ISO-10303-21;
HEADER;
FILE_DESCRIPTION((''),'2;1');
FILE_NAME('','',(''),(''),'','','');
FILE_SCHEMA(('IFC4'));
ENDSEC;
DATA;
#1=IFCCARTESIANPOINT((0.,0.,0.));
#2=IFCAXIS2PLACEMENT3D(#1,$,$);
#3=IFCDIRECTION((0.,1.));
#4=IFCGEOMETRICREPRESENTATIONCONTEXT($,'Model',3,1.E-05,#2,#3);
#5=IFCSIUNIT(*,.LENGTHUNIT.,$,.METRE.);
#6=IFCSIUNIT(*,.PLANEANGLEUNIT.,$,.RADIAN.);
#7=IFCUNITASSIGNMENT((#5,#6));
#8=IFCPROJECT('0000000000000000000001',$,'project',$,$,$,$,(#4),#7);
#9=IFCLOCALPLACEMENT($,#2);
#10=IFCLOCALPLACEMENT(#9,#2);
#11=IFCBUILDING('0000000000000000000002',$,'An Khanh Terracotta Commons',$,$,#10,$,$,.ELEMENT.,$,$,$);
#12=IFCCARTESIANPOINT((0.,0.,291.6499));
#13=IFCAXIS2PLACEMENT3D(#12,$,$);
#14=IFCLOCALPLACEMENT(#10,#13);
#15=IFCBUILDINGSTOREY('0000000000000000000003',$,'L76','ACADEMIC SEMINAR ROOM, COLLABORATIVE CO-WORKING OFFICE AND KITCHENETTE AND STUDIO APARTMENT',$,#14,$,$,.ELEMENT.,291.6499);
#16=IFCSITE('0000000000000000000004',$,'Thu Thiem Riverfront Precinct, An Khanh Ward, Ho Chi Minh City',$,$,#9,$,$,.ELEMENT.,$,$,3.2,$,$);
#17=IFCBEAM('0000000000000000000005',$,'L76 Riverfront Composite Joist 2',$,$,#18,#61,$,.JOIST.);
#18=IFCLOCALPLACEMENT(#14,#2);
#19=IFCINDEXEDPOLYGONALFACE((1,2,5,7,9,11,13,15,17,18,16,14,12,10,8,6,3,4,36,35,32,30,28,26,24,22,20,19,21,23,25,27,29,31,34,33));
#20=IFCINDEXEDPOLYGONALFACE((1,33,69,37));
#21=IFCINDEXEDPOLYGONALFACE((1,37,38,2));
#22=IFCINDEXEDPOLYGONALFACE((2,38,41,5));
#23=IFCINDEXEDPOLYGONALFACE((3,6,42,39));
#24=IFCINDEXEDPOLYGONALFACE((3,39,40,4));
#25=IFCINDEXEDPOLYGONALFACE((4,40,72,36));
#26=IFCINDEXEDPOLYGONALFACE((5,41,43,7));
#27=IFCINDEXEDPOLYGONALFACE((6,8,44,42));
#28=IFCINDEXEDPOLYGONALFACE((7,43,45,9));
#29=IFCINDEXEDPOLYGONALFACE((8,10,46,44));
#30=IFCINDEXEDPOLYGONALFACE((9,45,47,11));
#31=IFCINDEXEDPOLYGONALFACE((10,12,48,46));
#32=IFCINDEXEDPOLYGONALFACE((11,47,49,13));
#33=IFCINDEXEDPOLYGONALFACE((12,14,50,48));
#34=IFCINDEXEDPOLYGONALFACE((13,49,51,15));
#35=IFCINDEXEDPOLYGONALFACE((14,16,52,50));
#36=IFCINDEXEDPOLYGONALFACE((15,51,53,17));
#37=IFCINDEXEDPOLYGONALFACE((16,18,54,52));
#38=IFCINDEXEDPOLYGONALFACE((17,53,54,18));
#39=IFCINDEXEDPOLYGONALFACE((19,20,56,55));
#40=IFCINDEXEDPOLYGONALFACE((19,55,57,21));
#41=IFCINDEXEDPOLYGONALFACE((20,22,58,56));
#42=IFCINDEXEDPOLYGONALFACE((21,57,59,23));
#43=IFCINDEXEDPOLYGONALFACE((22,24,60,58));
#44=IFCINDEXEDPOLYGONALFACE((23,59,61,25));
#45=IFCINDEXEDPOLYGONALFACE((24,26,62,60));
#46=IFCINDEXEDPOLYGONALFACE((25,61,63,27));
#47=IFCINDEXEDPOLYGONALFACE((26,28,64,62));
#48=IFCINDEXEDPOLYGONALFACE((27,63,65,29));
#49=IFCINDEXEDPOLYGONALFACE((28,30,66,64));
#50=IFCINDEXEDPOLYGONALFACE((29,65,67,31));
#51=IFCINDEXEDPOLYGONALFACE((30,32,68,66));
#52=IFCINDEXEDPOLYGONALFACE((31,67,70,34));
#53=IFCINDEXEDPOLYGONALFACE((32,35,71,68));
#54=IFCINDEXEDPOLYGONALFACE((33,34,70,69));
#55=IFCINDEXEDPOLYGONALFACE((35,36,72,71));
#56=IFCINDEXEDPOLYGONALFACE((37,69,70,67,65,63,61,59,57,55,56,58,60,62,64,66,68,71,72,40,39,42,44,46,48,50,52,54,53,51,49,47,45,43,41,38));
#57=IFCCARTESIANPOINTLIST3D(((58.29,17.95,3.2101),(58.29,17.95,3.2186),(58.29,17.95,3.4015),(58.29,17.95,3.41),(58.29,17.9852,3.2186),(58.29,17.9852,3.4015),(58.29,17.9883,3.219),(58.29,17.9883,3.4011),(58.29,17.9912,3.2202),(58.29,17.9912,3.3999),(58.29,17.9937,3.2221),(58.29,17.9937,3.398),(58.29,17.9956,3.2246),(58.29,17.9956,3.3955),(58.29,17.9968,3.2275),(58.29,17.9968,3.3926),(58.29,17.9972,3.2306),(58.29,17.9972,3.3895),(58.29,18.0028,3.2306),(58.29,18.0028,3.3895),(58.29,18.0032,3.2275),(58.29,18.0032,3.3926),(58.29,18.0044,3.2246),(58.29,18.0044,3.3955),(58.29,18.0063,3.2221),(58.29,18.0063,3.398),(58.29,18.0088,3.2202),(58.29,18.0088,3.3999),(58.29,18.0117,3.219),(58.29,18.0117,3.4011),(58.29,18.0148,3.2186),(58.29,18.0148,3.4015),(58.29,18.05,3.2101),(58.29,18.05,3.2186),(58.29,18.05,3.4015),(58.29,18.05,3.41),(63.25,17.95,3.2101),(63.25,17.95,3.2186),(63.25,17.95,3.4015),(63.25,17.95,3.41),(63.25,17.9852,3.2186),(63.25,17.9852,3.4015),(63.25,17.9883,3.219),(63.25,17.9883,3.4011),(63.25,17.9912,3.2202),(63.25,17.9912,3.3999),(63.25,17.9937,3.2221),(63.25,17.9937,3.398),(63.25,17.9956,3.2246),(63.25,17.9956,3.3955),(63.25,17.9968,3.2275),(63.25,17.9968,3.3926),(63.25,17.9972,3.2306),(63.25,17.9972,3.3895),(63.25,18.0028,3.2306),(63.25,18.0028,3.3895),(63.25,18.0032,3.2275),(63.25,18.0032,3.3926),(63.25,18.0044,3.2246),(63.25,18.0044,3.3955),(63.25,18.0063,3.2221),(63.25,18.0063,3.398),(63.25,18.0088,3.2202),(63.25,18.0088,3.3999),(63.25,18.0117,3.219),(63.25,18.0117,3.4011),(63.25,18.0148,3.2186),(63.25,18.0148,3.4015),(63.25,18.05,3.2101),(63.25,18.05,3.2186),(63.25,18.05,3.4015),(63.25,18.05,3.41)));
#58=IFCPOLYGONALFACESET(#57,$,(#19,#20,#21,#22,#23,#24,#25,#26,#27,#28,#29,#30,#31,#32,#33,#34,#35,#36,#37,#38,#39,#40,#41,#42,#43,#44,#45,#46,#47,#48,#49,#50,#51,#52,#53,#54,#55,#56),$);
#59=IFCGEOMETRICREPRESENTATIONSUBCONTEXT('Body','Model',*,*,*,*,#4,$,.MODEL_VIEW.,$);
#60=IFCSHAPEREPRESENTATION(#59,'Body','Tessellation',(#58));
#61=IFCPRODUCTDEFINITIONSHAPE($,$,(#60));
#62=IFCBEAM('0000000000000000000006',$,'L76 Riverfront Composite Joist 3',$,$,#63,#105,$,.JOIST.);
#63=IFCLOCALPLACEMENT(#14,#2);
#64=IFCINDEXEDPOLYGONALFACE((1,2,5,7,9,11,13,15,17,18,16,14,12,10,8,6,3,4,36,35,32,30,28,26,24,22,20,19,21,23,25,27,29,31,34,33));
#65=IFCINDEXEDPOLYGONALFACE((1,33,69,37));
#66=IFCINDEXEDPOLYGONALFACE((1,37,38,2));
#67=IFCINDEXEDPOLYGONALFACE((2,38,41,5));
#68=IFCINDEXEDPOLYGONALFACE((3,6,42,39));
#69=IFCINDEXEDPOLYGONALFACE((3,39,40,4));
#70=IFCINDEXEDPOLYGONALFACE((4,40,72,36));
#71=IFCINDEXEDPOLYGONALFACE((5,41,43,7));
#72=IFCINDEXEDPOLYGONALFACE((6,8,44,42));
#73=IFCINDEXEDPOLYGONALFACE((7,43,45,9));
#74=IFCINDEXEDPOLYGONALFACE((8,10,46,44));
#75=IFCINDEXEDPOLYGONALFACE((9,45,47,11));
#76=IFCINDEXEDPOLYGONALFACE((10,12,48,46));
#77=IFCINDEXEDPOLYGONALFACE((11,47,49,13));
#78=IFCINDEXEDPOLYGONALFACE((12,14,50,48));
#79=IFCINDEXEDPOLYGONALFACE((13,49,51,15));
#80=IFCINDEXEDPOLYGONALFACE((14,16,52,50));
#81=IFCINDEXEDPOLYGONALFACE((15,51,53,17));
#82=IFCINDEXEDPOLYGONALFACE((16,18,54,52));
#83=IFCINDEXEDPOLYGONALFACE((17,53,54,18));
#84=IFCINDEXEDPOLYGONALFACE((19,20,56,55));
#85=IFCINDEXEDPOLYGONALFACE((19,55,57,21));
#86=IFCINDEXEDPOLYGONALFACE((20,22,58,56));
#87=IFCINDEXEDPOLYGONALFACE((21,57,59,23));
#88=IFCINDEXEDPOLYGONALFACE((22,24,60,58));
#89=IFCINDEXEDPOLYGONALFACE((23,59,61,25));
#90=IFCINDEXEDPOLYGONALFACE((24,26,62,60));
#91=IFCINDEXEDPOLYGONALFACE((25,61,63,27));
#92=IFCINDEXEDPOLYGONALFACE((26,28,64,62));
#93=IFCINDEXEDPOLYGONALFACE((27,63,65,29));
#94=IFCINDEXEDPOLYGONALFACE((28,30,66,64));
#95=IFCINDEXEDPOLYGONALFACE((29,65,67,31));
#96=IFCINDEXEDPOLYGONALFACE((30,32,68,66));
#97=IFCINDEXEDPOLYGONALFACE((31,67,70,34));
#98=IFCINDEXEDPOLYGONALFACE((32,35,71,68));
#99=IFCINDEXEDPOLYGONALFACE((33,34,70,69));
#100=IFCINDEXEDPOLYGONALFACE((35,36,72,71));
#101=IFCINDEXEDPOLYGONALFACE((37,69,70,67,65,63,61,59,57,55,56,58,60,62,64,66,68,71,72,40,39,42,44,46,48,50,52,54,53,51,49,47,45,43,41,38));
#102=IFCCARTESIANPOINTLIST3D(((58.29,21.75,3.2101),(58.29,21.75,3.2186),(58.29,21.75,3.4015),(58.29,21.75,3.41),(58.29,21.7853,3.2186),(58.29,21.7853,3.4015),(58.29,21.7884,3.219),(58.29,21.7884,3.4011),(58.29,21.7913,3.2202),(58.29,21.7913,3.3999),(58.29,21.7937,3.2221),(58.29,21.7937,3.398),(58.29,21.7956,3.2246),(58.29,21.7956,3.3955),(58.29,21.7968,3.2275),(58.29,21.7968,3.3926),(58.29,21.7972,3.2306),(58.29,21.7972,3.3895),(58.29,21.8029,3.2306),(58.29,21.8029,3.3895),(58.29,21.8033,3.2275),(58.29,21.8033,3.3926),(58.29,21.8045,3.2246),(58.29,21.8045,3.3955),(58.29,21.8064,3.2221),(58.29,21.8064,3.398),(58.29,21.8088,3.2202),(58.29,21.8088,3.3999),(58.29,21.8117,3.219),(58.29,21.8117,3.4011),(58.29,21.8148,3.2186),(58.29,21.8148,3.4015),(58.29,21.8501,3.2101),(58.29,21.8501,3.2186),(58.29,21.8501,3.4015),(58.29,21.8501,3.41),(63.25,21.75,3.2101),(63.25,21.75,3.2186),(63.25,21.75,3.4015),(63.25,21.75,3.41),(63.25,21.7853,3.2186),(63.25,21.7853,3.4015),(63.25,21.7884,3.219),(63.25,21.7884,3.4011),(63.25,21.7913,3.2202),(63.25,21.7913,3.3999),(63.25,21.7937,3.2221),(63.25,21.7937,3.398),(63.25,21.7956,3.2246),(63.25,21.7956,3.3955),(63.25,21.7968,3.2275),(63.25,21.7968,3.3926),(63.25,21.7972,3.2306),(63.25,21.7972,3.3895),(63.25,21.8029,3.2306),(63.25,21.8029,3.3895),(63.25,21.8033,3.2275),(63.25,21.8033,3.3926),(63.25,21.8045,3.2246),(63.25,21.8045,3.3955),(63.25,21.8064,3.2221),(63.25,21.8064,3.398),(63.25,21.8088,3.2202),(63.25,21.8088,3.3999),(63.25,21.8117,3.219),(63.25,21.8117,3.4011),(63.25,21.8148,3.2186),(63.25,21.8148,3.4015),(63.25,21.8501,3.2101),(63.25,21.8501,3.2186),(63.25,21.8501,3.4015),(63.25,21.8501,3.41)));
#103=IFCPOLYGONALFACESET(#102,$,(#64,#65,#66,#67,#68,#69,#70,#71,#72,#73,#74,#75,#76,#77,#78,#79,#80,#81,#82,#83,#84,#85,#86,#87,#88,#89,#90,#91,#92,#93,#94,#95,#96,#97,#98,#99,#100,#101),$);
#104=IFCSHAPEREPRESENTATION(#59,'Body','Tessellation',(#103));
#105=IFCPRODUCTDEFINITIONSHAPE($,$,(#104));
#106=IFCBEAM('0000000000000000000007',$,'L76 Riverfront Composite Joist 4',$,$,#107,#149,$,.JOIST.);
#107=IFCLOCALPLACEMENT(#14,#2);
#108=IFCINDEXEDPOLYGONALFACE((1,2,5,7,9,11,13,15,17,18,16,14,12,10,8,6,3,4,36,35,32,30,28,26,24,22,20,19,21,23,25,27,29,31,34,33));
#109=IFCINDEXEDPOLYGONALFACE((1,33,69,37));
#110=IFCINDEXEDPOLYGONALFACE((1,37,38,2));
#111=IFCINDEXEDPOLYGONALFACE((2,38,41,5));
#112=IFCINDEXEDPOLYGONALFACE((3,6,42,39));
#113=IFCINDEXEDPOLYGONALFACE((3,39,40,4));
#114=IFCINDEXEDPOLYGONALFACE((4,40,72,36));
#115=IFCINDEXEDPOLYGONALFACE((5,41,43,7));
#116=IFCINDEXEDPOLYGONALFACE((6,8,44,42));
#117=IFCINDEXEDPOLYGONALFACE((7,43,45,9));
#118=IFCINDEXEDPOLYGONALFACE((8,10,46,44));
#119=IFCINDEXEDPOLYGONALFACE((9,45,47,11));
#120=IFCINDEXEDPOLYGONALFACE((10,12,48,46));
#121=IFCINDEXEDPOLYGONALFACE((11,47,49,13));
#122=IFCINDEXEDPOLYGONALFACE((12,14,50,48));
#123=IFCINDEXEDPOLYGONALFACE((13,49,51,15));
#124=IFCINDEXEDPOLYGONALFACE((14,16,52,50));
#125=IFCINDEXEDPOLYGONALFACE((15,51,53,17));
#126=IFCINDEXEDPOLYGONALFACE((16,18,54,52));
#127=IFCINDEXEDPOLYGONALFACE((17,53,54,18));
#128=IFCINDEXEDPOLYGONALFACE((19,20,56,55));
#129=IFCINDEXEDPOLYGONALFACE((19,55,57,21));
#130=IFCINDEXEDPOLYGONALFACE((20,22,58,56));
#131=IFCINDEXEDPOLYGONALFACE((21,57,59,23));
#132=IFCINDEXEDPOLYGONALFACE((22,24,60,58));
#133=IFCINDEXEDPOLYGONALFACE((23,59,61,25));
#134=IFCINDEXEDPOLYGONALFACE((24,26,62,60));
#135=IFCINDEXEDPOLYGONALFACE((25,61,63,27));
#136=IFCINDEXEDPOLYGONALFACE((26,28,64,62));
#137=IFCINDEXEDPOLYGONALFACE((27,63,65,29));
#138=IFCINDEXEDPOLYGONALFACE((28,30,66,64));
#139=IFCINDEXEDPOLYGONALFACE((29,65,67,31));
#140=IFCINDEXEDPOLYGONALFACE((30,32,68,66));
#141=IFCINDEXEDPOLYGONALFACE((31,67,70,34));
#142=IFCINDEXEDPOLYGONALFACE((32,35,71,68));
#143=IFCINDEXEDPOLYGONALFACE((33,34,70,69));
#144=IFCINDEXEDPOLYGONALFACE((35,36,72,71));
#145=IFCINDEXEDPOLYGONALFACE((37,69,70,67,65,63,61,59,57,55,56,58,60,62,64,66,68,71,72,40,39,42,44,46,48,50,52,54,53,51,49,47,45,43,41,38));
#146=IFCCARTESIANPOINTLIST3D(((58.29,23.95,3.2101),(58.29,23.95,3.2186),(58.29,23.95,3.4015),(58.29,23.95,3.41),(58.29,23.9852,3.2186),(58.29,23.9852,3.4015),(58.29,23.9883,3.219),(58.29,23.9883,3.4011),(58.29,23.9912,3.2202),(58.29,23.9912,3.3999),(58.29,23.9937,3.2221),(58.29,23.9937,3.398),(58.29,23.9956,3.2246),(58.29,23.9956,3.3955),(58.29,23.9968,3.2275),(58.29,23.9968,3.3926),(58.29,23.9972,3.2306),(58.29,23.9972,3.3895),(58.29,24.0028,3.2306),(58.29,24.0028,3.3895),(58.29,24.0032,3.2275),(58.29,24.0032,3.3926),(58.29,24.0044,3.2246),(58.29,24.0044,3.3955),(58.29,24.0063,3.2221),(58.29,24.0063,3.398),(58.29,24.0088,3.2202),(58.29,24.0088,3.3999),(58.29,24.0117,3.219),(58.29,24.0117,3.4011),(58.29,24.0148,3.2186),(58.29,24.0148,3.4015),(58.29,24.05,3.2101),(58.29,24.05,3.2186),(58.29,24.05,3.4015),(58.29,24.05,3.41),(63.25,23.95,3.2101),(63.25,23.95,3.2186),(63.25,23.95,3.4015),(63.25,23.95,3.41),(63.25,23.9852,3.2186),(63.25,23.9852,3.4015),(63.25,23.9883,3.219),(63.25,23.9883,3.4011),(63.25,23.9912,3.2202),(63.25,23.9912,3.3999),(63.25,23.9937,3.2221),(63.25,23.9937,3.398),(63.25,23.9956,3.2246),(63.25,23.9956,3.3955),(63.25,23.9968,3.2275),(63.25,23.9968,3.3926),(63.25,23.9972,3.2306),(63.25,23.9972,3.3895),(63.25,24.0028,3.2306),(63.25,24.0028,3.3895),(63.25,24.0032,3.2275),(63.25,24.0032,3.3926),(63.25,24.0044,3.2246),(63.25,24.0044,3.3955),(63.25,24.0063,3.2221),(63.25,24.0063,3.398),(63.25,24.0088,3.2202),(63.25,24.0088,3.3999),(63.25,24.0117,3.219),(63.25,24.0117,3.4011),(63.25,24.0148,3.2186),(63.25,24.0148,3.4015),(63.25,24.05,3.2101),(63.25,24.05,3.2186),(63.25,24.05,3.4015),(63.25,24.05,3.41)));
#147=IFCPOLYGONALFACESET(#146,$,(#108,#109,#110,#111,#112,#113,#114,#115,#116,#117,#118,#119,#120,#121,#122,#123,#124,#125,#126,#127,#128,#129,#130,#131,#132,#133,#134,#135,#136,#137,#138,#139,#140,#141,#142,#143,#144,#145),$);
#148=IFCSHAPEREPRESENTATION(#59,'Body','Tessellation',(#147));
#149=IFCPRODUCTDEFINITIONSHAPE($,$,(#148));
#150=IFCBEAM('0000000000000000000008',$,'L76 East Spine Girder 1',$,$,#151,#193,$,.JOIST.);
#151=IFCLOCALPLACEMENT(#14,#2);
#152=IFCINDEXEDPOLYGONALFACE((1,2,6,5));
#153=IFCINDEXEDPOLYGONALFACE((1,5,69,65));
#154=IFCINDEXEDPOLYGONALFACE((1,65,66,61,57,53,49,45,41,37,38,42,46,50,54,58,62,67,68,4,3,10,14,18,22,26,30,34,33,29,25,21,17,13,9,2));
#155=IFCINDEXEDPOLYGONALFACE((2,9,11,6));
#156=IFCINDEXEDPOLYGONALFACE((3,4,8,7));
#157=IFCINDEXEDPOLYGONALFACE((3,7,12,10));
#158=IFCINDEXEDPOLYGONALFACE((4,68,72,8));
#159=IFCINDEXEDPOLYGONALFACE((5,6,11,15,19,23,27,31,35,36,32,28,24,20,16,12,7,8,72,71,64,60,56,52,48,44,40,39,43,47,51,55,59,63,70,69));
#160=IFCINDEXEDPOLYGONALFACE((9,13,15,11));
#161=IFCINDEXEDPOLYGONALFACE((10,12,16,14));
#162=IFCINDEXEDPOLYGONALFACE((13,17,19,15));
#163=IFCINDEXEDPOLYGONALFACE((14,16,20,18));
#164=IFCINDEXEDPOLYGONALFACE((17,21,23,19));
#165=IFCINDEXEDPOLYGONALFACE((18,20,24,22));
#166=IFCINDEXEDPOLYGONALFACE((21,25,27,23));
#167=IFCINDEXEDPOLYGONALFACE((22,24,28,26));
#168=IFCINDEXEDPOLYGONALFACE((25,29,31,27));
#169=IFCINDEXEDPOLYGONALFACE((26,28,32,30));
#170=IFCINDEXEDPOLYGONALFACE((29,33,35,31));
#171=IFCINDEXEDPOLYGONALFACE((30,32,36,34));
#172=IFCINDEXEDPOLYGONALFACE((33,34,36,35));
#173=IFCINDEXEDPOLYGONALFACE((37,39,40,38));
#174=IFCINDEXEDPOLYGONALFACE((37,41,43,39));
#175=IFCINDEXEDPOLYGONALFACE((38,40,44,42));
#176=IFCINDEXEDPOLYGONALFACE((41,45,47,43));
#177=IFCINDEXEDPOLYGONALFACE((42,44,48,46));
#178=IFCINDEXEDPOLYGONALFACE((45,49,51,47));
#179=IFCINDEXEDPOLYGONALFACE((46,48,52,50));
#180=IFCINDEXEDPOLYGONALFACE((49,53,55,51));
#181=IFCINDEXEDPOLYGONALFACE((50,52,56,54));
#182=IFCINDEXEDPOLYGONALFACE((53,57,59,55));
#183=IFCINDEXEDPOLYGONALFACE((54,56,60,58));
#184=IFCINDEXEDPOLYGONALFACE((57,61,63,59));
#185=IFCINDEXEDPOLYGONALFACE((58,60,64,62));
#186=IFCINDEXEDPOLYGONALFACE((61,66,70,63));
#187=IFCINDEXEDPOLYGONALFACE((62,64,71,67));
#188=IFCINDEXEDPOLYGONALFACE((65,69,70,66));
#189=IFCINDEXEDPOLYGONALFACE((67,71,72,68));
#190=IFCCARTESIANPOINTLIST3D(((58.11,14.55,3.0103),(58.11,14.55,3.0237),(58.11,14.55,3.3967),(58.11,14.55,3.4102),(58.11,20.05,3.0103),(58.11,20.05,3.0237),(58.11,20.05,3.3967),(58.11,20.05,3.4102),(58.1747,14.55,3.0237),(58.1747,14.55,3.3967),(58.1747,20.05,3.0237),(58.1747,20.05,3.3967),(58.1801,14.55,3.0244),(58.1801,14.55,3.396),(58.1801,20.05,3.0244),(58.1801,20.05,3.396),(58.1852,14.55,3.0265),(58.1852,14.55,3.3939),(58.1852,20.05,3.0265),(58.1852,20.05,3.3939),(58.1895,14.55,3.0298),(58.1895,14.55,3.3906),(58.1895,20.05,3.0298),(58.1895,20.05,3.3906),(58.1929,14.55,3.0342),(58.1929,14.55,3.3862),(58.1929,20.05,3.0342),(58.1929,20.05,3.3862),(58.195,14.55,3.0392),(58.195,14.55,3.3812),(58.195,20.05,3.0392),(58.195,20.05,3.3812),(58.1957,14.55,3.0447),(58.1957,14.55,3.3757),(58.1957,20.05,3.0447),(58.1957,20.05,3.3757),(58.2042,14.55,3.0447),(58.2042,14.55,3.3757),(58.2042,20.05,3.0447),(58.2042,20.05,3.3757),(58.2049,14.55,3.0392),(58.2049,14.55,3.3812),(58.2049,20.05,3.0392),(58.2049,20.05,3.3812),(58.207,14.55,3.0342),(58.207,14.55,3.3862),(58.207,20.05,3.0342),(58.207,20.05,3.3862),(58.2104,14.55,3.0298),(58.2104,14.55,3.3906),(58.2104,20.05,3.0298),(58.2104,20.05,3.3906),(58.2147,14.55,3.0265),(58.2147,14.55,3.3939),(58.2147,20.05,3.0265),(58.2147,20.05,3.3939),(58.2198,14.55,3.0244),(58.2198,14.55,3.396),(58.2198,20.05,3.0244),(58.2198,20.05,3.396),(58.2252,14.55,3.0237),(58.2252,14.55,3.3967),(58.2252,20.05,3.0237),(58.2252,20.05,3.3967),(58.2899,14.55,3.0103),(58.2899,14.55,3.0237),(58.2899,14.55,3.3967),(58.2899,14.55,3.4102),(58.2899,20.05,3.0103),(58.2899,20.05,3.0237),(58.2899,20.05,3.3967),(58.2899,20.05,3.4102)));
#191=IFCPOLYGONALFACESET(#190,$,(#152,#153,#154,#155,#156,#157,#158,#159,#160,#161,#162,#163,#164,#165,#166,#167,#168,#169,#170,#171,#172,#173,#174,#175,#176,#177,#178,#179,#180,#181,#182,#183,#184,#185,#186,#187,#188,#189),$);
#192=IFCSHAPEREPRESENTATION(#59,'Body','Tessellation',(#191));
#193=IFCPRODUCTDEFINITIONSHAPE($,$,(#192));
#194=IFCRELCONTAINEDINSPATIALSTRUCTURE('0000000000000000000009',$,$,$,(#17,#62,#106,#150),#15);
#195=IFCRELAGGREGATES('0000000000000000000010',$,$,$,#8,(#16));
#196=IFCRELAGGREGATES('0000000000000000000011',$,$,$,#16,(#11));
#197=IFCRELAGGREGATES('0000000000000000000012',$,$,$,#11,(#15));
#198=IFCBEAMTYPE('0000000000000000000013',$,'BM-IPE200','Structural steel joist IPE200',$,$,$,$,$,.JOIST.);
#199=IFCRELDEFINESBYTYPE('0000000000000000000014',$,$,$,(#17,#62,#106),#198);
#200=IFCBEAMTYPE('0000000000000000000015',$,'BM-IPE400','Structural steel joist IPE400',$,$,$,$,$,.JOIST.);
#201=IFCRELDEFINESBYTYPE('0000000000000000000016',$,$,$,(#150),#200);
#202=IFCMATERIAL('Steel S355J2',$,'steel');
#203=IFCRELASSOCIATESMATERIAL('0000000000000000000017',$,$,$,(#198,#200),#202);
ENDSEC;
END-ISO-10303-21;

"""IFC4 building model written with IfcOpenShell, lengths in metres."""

from ifc_helpers import new_model, si_unit, direction, frame, origin, origin_2d, place, context, subcontext, project, spatial, i_section, extrude, material, material_profile, profile_set, type_object, element, save


model = new_model("IFC4")

# Units and contexts
model_context = context("Model", 3, precision=1e-05, world=origin(), true_north=direction((0.0, 1.0)))
body_context = subcontext(model_context, "Body", "Model", "MODEL_VIEW")
ifc_project = project(units=[si_unit("LENGTHUNIT", "METRE"), si_unit("PLANEANGLEUNIT", "RADIAN")], contexts=[model_context])

# Site, building, storey
site_placement = place(None, origin())
site = spatial("IfcSite", under=ifc_project, at=site_placement, Name="Thu Thiem Riverfront Precinct, An Khanh Ward, Ho Chi Minh City", CompositionType="ELEMENT", RefElevation=3.2)
building_placement = place(site_placement, origin())
building = spatial("IfcBuilding", under=site, at=building_placement, Name="An Khanh Terracotta Commons", CompositionType="ELEMENT")
storey_placement = place(building_placement, frame((0.0, 0.0, 291.6499)))
storey = spatial("IfcBuildingStorey", under=building, at=storey_placement, Name="L76", Description="ACADEMIC SEMINAR ROOM, COLLABORATIVE CO-WORKING OFFICE AND KITCHENETTE AND STUDIO APARTMENT", CompositionType="ELEMENT", Elevation=291.6499)

# Beams
ifc_material_1 = material(Name="Steel S355J2", Category="steel")
ifc_material_profile_1 = material_profile(ifc_material_1, i_section(OverallWidth=0.1001, OverallDepth=0.2, WebThickness=0.0056, FlangeThickness=0.0085, FilletRadius=0.012, at=origin_2d()), Name="IPE200")
ifc_profile_set_1 = profile_set([ifc_material_profile_1], Name="Steel S355J2")
beam_type_1 = type_object("IfcBeamType", Name="BM-IPE200", Description="Structural steel joist IPE200", PredefinedType="JOIST", material=ifc_profile_set_1)
for number, where, z_axis, x_axis, name in (
    (1, (58.29, 18.0, 3.3101), (1.0, 0.0, 0.0), (0.0, 1.0, 0.0), "L76 Riverfront Composite Joist 2"),
    (2, (58.29, 21.8, 3.3101), (1.0, 0.0, 0.0), (0.0, 1.0, 0.0), "L76 Riverfront Composite Joist 3"),
    (3, (58.29, 24.0, 3.3101), (1.0, 0.0, 0.0), (0.0, 1.0, 0.0), "L76 Riverfront Composite Joist 4"),
):
    element("IfcBeam", number, at=place(storey_placement, frame(where, z_axis=z_axis, x_axis=x_axis)), inside=storey, type_object=beam_type_1, Name=name, PredefinedType="JOIST", context=body_context, shape_type="SweptSolid", body=[
        extrude(i_section(OverallWidth=0.1001, OverallDepth=0.2, WebThickness=0.0056, FlangeThickness=0.0085, FilletRadius=0.012, at=origin_2d()), origin(), (0.0, 0.0, 1.0), 4.96),
    ])
ifc_material_profile_2 = material_profile(ifc_material_1, i_section(OverallWidth=0.1799, OverallDepth=0.3999, WebThickness=0.0085, FlangeThickness=0.0134, FilletRadius=0.021, at=origin_2d()), Name="IPE400")
ifc_profile_set_2 = profile_set([ifc_material_profile_2], Name="Steel S355J2")
beam_type_2 = type_object("IfcBeamType", Name="BM-IPE400", Description="Structural steel joist IPE400", PredefinedType="JOIST", material=ifc_profile_set_2)
beam_1_placement = place(storey_placement, frame((58.2, 14.55, 3.2102), z_axis=(0.0, 1.0, 0.0), x_axis=(-1.0, 0.0, 0.0)))
element("IfcBeam", 4, at=beam_1_placement, inside=storey, type_object=beam_type_2, Name="L76 East Spine Girder 1", PredefinedType="JOIST", context=body_context, shape_type="SweptSolid", body=[
    extrude(i_section(OverallWidth=0.1799, OverallDepth=0.3999, WebThickness=0.0085, FlangeThickness=0.0134, FilletRadius=0.021, at=origin_2d()), origin(), (0.0, 0.0, 1.0), 5.5),
])

save(model, "model.ifc")
